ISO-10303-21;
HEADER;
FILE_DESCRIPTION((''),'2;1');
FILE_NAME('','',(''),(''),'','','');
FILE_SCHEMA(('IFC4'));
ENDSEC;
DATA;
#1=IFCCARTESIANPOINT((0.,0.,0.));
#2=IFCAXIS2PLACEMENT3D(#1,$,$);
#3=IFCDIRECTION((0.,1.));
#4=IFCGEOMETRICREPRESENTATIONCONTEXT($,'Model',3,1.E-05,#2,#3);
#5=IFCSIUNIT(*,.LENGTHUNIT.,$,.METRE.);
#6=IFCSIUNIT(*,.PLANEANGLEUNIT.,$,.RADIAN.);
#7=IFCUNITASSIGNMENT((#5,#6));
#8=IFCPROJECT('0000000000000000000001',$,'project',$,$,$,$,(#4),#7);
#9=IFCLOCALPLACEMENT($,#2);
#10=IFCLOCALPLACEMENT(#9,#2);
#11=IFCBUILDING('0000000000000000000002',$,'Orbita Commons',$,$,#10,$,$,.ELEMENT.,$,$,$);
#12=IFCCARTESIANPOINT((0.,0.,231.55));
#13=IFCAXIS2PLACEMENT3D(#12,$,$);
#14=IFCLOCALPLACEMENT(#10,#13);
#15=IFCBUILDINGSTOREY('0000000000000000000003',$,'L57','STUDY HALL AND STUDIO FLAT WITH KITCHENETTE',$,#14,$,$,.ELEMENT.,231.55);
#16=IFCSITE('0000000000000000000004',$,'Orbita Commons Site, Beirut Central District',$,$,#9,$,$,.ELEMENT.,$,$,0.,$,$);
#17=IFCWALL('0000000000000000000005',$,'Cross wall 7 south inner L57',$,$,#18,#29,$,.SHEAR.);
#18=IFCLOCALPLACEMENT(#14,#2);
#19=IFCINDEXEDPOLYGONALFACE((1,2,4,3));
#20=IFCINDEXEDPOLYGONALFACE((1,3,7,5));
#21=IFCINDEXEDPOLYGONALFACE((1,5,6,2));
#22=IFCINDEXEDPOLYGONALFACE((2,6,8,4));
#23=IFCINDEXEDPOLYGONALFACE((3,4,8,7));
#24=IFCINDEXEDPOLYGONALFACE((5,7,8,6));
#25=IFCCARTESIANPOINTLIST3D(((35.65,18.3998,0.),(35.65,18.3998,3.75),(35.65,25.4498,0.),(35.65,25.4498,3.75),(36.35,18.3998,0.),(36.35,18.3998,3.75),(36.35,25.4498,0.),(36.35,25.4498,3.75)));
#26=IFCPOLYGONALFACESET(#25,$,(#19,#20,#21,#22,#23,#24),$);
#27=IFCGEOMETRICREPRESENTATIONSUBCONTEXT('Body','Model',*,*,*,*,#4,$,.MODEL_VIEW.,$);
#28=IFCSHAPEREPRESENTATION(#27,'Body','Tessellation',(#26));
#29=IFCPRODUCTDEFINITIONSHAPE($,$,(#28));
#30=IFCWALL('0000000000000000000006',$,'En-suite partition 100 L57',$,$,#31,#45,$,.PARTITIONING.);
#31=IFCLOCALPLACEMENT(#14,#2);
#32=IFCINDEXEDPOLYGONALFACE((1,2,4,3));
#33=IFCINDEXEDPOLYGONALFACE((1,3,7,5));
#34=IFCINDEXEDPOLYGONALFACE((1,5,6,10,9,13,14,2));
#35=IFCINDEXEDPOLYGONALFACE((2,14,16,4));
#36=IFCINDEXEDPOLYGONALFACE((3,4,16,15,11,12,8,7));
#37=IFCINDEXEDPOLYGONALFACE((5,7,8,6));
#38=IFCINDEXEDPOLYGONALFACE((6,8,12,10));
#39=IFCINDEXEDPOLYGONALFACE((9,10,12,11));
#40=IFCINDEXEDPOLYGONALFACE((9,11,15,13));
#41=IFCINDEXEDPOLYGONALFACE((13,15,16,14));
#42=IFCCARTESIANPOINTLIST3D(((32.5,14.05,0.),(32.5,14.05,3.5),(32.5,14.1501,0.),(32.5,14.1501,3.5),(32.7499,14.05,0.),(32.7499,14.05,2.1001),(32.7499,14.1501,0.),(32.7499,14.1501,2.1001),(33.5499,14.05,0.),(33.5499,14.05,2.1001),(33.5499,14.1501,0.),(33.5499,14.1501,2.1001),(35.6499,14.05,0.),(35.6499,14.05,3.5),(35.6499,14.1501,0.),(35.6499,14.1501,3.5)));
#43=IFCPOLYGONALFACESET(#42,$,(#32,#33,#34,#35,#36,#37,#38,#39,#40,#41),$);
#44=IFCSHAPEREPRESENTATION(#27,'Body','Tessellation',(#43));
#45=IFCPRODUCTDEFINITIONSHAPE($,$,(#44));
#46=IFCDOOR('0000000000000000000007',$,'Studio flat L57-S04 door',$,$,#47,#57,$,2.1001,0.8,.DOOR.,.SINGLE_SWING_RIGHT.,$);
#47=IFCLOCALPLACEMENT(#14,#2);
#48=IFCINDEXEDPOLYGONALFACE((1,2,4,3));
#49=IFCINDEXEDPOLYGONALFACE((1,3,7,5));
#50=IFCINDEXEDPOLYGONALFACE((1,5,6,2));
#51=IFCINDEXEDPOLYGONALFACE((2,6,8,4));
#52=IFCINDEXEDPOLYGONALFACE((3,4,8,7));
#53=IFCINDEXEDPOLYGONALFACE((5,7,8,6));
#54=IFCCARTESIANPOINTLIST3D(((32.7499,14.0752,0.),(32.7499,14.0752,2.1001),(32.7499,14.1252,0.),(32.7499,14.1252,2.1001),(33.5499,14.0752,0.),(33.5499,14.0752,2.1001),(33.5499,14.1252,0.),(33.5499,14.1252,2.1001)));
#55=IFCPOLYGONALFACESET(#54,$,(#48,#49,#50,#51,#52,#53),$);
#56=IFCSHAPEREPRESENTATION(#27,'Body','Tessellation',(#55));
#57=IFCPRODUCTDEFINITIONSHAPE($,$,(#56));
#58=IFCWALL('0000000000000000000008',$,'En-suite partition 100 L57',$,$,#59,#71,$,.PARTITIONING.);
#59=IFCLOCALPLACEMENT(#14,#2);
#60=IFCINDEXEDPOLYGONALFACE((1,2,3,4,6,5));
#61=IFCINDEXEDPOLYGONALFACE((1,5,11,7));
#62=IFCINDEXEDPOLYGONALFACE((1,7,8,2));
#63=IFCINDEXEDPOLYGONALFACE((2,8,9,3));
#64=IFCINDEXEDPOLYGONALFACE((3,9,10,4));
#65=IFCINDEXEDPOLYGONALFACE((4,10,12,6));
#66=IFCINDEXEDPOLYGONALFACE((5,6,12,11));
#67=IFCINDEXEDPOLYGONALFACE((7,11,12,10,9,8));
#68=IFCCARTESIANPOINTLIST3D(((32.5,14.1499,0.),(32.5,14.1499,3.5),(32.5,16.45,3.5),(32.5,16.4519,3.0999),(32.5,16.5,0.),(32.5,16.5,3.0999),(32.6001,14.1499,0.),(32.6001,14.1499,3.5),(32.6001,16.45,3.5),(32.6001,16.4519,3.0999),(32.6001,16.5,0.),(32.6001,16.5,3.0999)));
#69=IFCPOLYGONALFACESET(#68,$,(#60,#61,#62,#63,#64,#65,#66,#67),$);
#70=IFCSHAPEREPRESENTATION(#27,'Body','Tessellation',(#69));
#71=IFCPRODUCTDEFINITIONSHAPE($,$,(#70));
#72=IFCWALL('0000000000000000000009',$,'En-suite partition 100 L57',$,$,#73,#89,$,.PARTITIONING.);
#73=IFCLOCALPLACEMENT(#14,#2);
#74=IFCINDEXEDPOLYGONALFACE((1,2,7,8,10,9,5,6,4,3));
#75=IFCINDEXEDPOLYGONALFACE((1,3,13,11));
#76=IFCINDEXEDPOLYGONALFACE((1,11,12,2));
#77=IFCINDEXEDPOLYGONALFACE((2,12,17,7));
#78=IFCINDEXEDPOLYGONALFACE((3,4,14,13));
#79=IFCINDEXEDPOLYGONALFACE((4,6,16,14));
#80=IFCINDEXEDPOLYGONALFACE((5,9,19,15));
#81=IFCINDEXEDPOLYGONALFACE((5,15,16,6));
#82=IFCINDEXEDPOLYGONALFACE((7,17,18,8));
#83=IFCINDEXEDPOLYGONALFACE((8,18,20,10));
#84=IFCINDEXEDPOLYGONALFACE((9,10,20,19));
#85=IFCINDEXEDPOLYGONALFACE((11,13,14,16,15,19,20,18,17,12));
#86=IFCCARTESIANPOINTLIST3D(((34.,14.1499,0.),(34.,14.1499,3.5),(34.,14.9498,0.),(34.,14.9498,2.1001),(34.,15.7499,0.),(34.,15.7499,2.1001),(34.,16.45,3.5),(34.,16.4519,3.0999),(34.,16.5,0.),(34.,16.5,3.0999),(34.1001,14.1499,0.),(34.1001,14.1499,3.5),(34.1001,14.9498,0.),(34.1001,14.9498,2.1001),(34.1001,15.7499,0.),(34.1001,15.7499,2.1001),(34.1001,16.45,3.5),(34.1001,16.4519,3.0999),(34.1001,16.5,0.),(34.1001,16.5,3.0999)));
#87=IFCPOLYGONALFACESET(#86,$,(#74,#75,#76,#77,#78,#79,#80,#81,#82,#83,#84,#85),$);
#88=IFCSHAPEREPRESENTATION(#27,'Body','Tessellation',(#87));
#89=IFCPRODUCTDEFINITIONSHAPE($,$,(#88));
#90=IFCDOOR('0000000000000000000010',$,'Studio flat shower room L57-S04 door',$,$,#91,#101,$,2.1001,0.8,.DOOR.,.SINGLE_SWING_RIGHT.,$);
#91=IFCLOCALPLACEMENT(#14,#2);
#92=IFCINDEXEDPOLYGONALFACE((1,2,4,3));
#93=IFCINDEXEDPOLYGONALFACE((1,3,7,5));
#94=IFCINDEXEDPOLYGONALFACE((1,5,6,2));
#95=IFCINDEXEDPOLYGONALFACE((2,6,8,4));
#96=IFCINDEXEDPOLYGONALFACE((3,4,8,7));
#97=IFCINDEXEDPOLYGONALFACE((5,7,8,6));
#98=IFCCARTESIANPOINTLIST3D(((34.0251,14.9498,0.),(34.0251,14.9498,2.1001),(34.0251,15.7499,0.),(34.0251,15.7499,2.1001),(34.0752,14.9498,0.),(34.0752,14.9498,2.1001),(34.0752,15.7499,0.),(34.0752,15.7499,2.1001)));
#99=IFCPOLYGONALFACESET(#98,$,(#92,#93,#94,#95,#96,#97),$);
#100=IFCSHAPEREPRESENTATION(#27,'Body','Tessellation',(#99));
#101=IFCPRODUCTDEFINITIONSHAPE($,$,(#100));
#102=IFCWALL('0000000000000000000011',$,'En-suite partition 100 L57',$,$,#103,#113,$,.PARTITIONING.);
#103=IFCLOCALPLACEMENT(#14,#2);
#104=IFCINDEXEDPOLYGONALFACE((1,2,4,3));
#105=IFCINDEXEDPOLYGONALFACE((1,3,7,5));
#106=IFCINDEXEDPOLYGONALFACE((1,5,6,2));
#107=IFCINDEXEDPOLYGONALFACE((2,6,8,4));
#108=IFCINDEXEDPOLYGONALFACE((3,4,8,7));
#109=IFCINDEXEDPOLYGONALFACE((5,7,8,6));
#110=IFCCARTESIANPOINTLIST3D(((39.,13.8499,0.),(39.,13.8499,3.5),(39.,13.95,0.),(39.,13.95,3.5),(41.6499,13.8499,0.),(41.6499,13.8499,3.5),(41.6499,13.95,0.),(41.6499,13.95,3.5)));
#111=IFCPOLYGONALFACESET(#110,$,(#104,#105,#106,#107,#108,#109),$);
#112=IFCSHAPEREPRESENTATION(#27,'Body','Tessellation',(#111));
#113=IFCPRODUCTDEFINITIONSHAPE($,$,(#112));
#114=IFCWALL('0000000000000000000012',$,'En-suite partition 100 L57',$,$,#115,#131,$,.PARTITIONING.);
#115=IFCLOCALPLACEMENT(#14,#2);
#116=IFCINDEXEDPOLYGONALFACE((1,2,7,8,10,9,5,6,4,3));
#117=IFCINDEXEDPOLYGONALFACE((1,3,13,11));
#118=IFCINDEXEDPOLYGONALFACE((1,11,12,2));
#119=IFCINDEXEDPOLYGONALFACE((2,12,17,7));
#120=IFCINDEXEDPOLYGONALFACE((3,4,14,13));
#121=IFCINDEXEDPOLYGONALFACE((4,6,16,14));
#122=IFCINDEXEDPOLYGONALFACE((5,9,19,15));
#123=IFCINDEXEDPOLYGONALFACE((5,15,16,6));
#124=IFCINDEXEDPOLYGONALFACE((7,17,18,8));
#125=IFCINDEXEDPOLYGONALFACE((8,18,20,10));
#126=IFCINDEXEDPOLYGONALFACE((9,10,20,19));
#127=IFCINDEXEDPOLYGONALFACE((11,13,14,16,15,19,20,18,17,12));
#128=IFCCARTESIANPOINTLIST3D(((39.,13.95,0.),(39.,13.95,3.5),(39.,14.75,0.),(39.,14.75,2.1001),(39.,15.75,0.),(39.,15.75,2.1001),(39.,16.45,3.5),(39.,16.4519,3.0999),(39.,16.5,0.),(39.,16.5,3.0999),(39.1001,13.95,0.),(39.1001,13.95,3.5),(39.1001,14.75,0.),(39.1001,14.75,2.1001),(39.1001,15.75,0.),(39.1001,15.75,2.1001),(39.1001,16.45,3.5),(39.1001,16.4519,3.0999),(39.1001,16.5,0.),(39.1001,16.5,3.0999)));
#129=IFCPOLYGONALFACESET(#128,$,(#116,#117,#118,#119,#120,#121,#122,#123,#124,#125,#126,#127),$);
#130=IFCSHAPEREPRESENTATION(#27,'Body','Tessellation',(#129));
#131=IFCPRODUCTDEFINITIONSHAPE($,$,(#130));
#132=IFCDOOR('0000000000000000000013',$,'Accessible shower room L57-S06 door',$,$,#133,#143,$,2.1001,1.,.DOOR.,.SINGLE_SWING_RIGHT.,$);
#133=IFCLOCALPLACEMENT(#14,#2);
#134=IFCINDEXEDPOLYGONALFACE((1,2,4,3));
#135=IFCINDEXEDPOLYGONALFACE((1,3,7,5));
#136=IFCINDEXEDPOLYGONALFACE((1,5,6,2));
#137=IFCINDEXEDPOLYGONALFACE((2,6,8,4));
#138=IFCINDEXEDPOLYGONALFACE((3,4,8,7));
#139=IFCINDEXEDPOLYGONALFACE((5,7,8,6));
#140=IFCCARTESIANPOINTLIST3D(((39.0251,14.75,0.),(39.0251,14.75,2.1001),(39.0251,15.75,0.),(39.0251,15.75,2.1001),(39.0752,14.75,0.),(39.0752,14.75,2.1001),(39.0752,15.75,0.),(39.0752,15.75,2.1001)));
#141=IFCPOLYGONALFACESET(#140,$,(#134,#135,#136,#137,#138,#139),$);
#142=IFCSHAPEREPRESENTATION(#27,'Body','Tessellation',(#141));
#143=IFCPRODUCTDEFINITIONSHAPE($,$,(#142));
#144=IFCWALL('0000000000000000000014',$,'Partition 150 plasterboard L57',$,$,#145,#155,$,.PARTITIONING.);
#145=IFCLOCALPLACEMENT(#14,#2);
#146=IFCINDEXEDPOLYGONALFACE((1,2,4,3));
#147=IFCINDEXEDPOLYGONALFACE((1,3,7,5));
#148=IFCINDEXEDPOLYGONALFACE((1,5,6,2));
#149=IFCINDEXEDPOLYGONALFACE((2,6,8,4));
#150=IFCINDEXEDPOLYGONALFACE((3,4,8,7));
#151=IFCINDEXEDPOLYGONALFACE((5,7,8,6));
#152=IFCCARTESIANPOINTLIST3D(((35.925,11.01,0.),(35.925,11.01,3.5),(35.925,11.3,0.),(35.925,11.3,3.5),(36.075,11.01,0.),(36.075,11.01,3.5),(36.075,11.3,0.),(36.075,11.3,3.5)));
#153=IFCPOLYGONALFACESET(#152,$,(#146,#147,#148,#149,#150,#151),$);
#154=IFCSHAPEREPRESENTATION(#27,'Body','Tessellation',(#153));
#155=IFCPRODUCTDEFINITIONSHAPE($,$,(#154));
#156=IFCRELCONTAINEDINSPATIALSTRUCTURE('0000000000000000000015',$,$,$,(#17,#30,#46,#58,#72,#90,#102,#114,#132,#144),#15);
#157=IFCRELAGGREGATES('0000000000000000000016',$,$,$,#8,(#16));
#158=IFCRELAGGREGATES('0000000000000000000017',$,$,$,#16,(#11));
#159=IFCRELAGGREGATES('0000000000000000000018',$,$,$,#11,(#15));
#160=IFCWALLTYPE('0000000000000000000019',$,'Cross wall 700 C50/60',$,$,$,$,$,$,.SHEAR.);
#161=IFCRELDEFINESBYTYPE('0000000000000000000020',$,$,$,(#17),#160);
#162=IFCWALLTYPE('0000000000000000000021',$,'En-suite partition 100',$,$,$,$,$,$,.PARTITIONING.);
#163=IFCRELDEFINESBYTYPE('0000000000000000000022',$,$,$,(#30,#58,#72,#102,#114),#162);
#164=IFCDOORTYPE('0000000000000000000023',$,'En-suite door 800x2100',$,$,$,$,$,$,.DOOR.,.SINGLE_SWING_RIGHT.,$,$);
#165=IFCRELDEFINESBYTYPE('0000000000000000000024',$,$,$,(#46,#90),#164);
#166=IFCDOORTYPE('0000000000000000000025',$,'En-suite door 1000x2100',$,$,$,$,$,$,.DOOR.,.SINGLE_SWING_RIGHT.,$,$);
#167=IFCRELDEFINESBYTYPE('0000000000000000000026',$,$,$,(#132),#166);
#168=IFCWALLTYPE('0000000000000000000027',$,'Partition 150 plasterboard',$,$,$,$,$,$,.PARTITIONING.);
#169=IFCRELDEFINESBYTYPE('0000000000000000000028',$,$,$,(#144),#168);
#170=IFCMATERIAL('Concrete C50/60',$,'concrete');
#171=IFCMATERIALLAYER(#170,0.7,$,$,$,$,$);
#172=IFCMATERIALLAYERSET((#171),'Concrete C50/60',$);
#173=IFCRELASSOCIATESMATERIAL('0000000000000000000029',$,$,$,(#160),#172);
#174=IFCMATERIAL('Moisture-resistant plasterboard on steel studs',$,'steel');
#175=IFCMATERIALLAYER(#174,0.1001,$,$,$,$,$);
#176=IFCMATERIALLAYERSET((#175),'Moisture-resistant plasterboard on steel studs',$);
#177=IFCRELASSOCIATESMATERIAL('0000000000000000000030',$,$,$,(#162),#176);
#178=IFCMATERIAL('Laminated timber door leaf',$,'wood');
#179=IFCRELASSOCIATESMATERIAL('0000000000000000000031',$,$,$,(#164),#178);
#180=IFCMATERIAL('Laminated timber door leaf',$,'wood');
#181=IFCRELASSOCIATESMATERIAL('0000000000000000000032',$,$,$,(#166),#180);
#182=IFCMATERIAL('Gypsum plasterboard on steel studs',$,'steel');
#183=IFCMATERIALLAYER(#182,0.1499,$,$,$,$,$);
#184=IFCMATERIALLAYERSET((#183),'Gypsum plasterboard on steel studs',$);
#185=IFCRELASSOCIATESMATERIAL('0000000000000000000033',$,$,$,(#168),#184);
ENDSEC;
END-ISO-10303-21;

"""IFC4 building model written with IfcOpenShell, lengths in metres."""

from ifc_helpers import new_model, si_unit, direction, frame, frame_2d, origin, place, context, subcontext, project, spatial, polyline, rectangle, outline, extrude, material, layer, layer_set, type_object, element, fill, save


model = new_model("IFC4")

# Units and contexts
model_context = context("Model", 3, precision=1e-05, world=origin(), true_north=direction((0.0, 1.0)))
body_context = subcontext(model_context, "Body", "Model", "MODEL_VIEW")
ifc_project = project(units=[si_unit("LENGTHUNIT", "METRE"), si_unit("PLANEANGLEUNIT", "RADIAN")], contexts=[model_context])

# Site, building, storey
site_placement = place(None, origin())
site = spatial("IfcSite", under=ifc_project, at=site_placement, Name="Orbita Commons Site, Beirut Central District", CompositionType="ELEMENT", RefElevation=0.0)
building_placement = place(site_placement, origin())
building = spatial("IfcBuilding", under=site, at=building_placement, Name="Orbita Commons", CompositionType="ELEMENT")
storey_placement = place(building_placement, frame((0.0, 0.0, 231.55)))
storey = spatial("IfcBuildingStorey", under=building, at=storey_placement, Name="L57", Description="STUDY HALL AND STUDIO FLAT WITH KITCHENETTE", CompositionType="ELEMENT", Elevation=231.55)

# Wall
ifc_material_1 = material(Name="Concrete C50/60", Category="concrete")
ifc_layer_1 = layer(ifc_material_1, 0.7)
ifc_layer_set_1 = layer_set([ifc_layer_1], Name="Concrete C50/60")
wall_type_1 = type_object("IfcWallType", Name="Cross wall 700 C50/60", PredefinedType="SHEAR", material=ifc_layer_set_1)
wall_1_placement = place(storey_placement, frame((36.0, 18.3999, 0.0), z_axis=(0.0, 0.0, 1.0), x_axis=(0.0, 1.0, 0.0)))
element("IfcWall", 1, at=wall_1_placement, inside=storey, type_object=wall_type_1, Name="Cross wall 7 south inner L57", PredefinedType="SHEAR", context=body_context, shape_type="SweptSolid", body=[
    extrude(rectangle(XDim=7.05, YDim=0.7, at=frame_2d((3.5249, 0.0))), origin(), (0.0, 0.0, 1.0), 3.75),
])

# Wall, opening, door
ifc_material_2 = material(Name="Moisture-resistant plasterboard on steel studs", Category="steel")
ifc_layer_2 = layer(ifc_material_2, 0.1001)
ifc_layer_set_2 = layer_set([ifc_layer_2], Name="Moisture-resistant plasterboard on steel studs")
wall_type_2 = type_object("IfcWallType", Name="En-suite partition 100", PredefinedType="PARTITIONING", material=ifc_layer_set_2)
wall_2_placement = place(storey_placement, frame((35.6499, 14.1001, 0.0), z_axis=(0.0, 0.0, 1.0), x_axis=(-1.0, 0.0, 0.0)))
wall_2 = element("IfcWall", 2, at=wall_2_placement, inside=storey, type_object=wall_type_2, Name="En-suite partition 100 L57", PredefinedType="PARTITIONING", context=body_context, shape_type="SweptSolid", body=[
    extrude(rectangle(XDim=3.1499, YDim=0.1001, at=frame_2d((1.575, 0.0))), origin(), (0.0, 0.0, 1.0), 3.5),
])
opening_1_placement = place(wall_2_placement, frame((2.1001, 0.0, 0.0)))
opening_1 = element("IfcOpeningElement", 3, at=opening_1_placement, cuts=wall_2, PredefinedType="OPENING", context=body_context, shape_type="SweptSolid", body=[
    extrude(rectangle(XDim=0.8, YDim=2.1001, at=frame_2d((0.3999, 1.05))), frame((0.0, 0.0601, 0.0), z_axis=(0.0, -1.0, 0.0), x_axis=(1.0, 0.0, 0.0)), (0.0, 0.0, 1.0), 0.1201),
])
ifc_material_3 = material(Name="Laminated timber door leaf", Category="wood")
door_type_1 = type_object("IfcDoorType", Name="En-suite door 800x2100", OperationType="SINGLE_SWING_RIGHT", PredefinedType="DOOR", material=ifc_material_3)
door_1_placement = place(opening_1_placement, origin())
door_1 = element("IfcDoor", 4, at=door_1_placement, inside=storey, type_object=door_type_1, Name="Studio flat L57-S04 door", OperationType="SINGLE_SWING_RIGHT", OverallHeight=2.1001, OverallWidth=0.8, PredefinedType="DOOR", context=body_context, shape_type="SweptSolid", body=[
    extrude(rectangle(XDim=0.8, YDim=2.1001, at=frame_2d((0.3999, 1.05))), frame((0.0, 0.0249, 0.0), z_axis=(0.0, -1.0, 0.0), x_axis=(1.0, 0.0, 0.0)), (0.0, 0.0, 1.0), 0.05),
])
fill(opening_1, door_1)

# Wall
wall_3_placement = place(storey_placement, frame((32.55, 14.1499, 0.0), z_axis=(0.0, 0.0, 1.0), x_axis=(0.0, 1.0, 0.0)))
element("IfcWall", 5, at=wall_3_placement, inside=storey, type_object=wall_type_2, Name="En-suite partition 100 L57", PredefinedType="PARTITIONING", context=body_context, shape_type="SweptSolid", body=[
    extrude(outline(polyline([(0.0, 0.0), (2.3501, 0.0), (2.3501, 3.0999), (2.302, 3.0999), (2.3, 3.5), (0.0, 3.5), (0.0, 0.0)])), frame((0.0, 0.05, 0.0), z_axis=(0.0, -1.0, 0.0), x_axis=(1.0, 0.0, 0.0)), (0.0, 0.0, 1.0), 0.1001),
])

# Wall, opening, door
wall_4_placement = place(storey_placement, frame((34.05, 14.1499, 0.0), z_axis=(0.0, 0.0, 1.0), x_axis=(0.0, 1.0, 0.0)))
wall_4 = element("IfcWall", 6, at=wall_4_placement, inside=storey, type_object=wall_type_2, Name="En-suite partition 100 L57", PredefinedType="PARTITIONING", context=body_context, shape_type="SweptSolid", body=[
    extrude(outline(polyline([(0.0, 0.0), (2.3501, 0.0), (2.3501, 3.0999), (2.302, 3.0999), (2.3, 3.5), (0.0, 3.5), (0.0, 0.0)])), frame((0.0, 0.05, 0.0), z_axis=(0.0, -1.0, 0.0), x_axis=(1.0, 0.0, 0.0)), (0.0, 0.0, 1.0), 0.1001),
])
opening_2_placement = place(wall_4_placement, frame((0.8, 0.0, 0.0)))
opening_2 = element("IfcOpeningElement", 7, at=opening_2_placement, cuts=wall_4, PredefinedType="OPENING", context=body_context, shape_type="SweptSolid", body=[
    extrude(rectangle(XDim=0.8, YDim=2.1001, at=frame_2d((0.3999, 1.05))), frame((0.0, 0.0601, 0.0), z_axis=(0.0, -1.0, 0.0), x_axis=(1.0, 0.0, 0.0)), (0.0, 0.0, 1.0), 0.1201),
])
door_2_placement = place(opening_2_placement, origin())
door_2 = element("IfcDoor", 8, at=door_2_placement, inside=storey, type_object=door_type_1, Name="Studio flat shower room L57-S04 door", OperationType="SINGLE_SWING_RIGHT", OverallHeight=2.1001, OverallWidth=0.8, PredefinedType="DOOR", context=body_context, shape_type="SweptSolid", body=[
    extrude(rectangle(XDim=0.8, YDim=2.1001, at=frame_2d((0.3999, 1.05))), frame((0.0, 0.0249, 0.0), z_axis=(0.0, -1.0, 0.0), x_axis=(1.0, 0.0, 0.0)), (0.0, 0.0, 1.0), 0.05),
])
fill(opening_2, door_2)

# Wall
wall_5_placement = place(storey_placement, frame((39.0, 13.8999, 0.0), z_axis=(0.0, 0.0, 1.0), x_axis=(1.0, 0.0, 0.0)))
element("IfcWall", 9, at=wall_5_placement, inside=storey, type_object=wall_type_2, Name="En-suite partition 100 L57", PredefinedType="PARTITIONING", context=body_context, shape_type="SweptSolid", body=[
    extrude(rectangle(XDim=2.6499, YDim=0.1001, at=frame_2d((1.325, 0.0))), origin(), (0.0, 0.0, 1.0), 3.5),
])

# Wall, opening, door
wall_6_placement = place(storey_placement, frame((39.05, 13.95, 0.0), z_axis=(0.0, 0.0, 1.0), x_axis=(0.0, 1.0, 0.0)))
wall_6 = element("IfcWall", 10, at=wall_6_placement, inside=storey, type_object=wall_type_2, Name="En-suite partition 100 L57", PredefinedType="PARTITIONING", context=body_context, shape_type="SweptSolid", body=[
    extrude(outline(polyline([(0.0, 0.0), (2.55, 0.0), (2.55, 3.0999), (2.502, 3.0999), (2.5, 3.5), (0.0, 3.5), (0.0, 0.0)])), frame((0.0, 0.05, 0.0), z_axis=(0.0, -1.0, 0.0), x_axis=(1.0, 0.0, 0.0)), (0.0, 0.0, 1.0), 0.1001),
])
opening_3_placement = place(wall_6_placement, frame((0.8, 0.0, 0.0)))
opening_3 = element("IfcOpeningElement", 11, at=opening_3_placement, cuts=wall_6, PredefinedType="OPENING", context=body_context, shape_type="SweptSolid", body=[
    extrude(rectangle(XDim=1.0, YDim=2.1001, at=frame_2d((0.5, 1.05))), frame((0.0, 0.0601, 0.0), z_axis=(0.0, -1.0, 0.0), x_axis=(1.0, 0.0, 0.0)), (0.0, 0.0, 1.0), 0.1201),
])
ifc_material_4 = material(Name="Laminated timber door leaf", Category="wood")
door_type_2 = type_object("IfcDoorType", Name="En-suite door 1000x2100", OperationType="SINGLE_SWING_RIGHT", PredefinedType="DOOR", material=ifc_material_4)
door_3_placement = place(opening_3_placement, origin())
door_3 = element("IfcDoor", 12, at=door_3_placement, inside=storey, type_object=door_type_2, Name="Accessible shower room L57-S06 door", OperationType="SINGLE_SWING_RIGHT", OverallHeight=2.1001, OverallWidth=1.0, PredefinedType="DOOR", context=body_context, shape_type="SweptSolid", body=[
    extrude(rectangle(XDim=1.0, YDim=2.1001, at=frame_2d((0.5, 1.05))), frame((0.0, 0.0249, 0.0), z_axis=(0.0, -1.0, 0.0), x_axis=(1.0, 0.0, 0.0)), (0.0, 0.0, 1.0), 0.05),
])
fill(opening_3, door_3)

# Wall
ifc_material_5 = material(Name="Gypsum plasterboard on steel studs", Category="steel")
ifc_layer_3 = layer(ifc_material_5, 0.1499)
ifc_layer_set_3 = layer_set([ifc_layer_3], Name="Gypsum plasterboard on steel studs")
wall_type_3 = type_object("IfcWallType", Name="Partition 150 plasterboard", PredefinedType="PARTITIONING", material=ifc_layer_set_3)
wall_7_placement = place(storey_placement, frame((36.0, 11.3, 0.0), z_axis=(0.0, 0.0, 1.0), x_axis=(0.0, -1.0, 0.0)))
element("IfcWall", 13, at=wall_7_placement, inside=storey, type_object=wall_type_3, Name="Partition 150 plasterboard L57", PredefinedType="PARTITIONING", context=body_context, shape_type="SweptSolid", body=[
    extrude(rectangle(XDim=0.29, YDim=0.1499, at=frame_2d((0.145, 0.0))), origin(), (0.0, 0.0, 1.0), 3.5),
])

save(model, "model.ifc")
